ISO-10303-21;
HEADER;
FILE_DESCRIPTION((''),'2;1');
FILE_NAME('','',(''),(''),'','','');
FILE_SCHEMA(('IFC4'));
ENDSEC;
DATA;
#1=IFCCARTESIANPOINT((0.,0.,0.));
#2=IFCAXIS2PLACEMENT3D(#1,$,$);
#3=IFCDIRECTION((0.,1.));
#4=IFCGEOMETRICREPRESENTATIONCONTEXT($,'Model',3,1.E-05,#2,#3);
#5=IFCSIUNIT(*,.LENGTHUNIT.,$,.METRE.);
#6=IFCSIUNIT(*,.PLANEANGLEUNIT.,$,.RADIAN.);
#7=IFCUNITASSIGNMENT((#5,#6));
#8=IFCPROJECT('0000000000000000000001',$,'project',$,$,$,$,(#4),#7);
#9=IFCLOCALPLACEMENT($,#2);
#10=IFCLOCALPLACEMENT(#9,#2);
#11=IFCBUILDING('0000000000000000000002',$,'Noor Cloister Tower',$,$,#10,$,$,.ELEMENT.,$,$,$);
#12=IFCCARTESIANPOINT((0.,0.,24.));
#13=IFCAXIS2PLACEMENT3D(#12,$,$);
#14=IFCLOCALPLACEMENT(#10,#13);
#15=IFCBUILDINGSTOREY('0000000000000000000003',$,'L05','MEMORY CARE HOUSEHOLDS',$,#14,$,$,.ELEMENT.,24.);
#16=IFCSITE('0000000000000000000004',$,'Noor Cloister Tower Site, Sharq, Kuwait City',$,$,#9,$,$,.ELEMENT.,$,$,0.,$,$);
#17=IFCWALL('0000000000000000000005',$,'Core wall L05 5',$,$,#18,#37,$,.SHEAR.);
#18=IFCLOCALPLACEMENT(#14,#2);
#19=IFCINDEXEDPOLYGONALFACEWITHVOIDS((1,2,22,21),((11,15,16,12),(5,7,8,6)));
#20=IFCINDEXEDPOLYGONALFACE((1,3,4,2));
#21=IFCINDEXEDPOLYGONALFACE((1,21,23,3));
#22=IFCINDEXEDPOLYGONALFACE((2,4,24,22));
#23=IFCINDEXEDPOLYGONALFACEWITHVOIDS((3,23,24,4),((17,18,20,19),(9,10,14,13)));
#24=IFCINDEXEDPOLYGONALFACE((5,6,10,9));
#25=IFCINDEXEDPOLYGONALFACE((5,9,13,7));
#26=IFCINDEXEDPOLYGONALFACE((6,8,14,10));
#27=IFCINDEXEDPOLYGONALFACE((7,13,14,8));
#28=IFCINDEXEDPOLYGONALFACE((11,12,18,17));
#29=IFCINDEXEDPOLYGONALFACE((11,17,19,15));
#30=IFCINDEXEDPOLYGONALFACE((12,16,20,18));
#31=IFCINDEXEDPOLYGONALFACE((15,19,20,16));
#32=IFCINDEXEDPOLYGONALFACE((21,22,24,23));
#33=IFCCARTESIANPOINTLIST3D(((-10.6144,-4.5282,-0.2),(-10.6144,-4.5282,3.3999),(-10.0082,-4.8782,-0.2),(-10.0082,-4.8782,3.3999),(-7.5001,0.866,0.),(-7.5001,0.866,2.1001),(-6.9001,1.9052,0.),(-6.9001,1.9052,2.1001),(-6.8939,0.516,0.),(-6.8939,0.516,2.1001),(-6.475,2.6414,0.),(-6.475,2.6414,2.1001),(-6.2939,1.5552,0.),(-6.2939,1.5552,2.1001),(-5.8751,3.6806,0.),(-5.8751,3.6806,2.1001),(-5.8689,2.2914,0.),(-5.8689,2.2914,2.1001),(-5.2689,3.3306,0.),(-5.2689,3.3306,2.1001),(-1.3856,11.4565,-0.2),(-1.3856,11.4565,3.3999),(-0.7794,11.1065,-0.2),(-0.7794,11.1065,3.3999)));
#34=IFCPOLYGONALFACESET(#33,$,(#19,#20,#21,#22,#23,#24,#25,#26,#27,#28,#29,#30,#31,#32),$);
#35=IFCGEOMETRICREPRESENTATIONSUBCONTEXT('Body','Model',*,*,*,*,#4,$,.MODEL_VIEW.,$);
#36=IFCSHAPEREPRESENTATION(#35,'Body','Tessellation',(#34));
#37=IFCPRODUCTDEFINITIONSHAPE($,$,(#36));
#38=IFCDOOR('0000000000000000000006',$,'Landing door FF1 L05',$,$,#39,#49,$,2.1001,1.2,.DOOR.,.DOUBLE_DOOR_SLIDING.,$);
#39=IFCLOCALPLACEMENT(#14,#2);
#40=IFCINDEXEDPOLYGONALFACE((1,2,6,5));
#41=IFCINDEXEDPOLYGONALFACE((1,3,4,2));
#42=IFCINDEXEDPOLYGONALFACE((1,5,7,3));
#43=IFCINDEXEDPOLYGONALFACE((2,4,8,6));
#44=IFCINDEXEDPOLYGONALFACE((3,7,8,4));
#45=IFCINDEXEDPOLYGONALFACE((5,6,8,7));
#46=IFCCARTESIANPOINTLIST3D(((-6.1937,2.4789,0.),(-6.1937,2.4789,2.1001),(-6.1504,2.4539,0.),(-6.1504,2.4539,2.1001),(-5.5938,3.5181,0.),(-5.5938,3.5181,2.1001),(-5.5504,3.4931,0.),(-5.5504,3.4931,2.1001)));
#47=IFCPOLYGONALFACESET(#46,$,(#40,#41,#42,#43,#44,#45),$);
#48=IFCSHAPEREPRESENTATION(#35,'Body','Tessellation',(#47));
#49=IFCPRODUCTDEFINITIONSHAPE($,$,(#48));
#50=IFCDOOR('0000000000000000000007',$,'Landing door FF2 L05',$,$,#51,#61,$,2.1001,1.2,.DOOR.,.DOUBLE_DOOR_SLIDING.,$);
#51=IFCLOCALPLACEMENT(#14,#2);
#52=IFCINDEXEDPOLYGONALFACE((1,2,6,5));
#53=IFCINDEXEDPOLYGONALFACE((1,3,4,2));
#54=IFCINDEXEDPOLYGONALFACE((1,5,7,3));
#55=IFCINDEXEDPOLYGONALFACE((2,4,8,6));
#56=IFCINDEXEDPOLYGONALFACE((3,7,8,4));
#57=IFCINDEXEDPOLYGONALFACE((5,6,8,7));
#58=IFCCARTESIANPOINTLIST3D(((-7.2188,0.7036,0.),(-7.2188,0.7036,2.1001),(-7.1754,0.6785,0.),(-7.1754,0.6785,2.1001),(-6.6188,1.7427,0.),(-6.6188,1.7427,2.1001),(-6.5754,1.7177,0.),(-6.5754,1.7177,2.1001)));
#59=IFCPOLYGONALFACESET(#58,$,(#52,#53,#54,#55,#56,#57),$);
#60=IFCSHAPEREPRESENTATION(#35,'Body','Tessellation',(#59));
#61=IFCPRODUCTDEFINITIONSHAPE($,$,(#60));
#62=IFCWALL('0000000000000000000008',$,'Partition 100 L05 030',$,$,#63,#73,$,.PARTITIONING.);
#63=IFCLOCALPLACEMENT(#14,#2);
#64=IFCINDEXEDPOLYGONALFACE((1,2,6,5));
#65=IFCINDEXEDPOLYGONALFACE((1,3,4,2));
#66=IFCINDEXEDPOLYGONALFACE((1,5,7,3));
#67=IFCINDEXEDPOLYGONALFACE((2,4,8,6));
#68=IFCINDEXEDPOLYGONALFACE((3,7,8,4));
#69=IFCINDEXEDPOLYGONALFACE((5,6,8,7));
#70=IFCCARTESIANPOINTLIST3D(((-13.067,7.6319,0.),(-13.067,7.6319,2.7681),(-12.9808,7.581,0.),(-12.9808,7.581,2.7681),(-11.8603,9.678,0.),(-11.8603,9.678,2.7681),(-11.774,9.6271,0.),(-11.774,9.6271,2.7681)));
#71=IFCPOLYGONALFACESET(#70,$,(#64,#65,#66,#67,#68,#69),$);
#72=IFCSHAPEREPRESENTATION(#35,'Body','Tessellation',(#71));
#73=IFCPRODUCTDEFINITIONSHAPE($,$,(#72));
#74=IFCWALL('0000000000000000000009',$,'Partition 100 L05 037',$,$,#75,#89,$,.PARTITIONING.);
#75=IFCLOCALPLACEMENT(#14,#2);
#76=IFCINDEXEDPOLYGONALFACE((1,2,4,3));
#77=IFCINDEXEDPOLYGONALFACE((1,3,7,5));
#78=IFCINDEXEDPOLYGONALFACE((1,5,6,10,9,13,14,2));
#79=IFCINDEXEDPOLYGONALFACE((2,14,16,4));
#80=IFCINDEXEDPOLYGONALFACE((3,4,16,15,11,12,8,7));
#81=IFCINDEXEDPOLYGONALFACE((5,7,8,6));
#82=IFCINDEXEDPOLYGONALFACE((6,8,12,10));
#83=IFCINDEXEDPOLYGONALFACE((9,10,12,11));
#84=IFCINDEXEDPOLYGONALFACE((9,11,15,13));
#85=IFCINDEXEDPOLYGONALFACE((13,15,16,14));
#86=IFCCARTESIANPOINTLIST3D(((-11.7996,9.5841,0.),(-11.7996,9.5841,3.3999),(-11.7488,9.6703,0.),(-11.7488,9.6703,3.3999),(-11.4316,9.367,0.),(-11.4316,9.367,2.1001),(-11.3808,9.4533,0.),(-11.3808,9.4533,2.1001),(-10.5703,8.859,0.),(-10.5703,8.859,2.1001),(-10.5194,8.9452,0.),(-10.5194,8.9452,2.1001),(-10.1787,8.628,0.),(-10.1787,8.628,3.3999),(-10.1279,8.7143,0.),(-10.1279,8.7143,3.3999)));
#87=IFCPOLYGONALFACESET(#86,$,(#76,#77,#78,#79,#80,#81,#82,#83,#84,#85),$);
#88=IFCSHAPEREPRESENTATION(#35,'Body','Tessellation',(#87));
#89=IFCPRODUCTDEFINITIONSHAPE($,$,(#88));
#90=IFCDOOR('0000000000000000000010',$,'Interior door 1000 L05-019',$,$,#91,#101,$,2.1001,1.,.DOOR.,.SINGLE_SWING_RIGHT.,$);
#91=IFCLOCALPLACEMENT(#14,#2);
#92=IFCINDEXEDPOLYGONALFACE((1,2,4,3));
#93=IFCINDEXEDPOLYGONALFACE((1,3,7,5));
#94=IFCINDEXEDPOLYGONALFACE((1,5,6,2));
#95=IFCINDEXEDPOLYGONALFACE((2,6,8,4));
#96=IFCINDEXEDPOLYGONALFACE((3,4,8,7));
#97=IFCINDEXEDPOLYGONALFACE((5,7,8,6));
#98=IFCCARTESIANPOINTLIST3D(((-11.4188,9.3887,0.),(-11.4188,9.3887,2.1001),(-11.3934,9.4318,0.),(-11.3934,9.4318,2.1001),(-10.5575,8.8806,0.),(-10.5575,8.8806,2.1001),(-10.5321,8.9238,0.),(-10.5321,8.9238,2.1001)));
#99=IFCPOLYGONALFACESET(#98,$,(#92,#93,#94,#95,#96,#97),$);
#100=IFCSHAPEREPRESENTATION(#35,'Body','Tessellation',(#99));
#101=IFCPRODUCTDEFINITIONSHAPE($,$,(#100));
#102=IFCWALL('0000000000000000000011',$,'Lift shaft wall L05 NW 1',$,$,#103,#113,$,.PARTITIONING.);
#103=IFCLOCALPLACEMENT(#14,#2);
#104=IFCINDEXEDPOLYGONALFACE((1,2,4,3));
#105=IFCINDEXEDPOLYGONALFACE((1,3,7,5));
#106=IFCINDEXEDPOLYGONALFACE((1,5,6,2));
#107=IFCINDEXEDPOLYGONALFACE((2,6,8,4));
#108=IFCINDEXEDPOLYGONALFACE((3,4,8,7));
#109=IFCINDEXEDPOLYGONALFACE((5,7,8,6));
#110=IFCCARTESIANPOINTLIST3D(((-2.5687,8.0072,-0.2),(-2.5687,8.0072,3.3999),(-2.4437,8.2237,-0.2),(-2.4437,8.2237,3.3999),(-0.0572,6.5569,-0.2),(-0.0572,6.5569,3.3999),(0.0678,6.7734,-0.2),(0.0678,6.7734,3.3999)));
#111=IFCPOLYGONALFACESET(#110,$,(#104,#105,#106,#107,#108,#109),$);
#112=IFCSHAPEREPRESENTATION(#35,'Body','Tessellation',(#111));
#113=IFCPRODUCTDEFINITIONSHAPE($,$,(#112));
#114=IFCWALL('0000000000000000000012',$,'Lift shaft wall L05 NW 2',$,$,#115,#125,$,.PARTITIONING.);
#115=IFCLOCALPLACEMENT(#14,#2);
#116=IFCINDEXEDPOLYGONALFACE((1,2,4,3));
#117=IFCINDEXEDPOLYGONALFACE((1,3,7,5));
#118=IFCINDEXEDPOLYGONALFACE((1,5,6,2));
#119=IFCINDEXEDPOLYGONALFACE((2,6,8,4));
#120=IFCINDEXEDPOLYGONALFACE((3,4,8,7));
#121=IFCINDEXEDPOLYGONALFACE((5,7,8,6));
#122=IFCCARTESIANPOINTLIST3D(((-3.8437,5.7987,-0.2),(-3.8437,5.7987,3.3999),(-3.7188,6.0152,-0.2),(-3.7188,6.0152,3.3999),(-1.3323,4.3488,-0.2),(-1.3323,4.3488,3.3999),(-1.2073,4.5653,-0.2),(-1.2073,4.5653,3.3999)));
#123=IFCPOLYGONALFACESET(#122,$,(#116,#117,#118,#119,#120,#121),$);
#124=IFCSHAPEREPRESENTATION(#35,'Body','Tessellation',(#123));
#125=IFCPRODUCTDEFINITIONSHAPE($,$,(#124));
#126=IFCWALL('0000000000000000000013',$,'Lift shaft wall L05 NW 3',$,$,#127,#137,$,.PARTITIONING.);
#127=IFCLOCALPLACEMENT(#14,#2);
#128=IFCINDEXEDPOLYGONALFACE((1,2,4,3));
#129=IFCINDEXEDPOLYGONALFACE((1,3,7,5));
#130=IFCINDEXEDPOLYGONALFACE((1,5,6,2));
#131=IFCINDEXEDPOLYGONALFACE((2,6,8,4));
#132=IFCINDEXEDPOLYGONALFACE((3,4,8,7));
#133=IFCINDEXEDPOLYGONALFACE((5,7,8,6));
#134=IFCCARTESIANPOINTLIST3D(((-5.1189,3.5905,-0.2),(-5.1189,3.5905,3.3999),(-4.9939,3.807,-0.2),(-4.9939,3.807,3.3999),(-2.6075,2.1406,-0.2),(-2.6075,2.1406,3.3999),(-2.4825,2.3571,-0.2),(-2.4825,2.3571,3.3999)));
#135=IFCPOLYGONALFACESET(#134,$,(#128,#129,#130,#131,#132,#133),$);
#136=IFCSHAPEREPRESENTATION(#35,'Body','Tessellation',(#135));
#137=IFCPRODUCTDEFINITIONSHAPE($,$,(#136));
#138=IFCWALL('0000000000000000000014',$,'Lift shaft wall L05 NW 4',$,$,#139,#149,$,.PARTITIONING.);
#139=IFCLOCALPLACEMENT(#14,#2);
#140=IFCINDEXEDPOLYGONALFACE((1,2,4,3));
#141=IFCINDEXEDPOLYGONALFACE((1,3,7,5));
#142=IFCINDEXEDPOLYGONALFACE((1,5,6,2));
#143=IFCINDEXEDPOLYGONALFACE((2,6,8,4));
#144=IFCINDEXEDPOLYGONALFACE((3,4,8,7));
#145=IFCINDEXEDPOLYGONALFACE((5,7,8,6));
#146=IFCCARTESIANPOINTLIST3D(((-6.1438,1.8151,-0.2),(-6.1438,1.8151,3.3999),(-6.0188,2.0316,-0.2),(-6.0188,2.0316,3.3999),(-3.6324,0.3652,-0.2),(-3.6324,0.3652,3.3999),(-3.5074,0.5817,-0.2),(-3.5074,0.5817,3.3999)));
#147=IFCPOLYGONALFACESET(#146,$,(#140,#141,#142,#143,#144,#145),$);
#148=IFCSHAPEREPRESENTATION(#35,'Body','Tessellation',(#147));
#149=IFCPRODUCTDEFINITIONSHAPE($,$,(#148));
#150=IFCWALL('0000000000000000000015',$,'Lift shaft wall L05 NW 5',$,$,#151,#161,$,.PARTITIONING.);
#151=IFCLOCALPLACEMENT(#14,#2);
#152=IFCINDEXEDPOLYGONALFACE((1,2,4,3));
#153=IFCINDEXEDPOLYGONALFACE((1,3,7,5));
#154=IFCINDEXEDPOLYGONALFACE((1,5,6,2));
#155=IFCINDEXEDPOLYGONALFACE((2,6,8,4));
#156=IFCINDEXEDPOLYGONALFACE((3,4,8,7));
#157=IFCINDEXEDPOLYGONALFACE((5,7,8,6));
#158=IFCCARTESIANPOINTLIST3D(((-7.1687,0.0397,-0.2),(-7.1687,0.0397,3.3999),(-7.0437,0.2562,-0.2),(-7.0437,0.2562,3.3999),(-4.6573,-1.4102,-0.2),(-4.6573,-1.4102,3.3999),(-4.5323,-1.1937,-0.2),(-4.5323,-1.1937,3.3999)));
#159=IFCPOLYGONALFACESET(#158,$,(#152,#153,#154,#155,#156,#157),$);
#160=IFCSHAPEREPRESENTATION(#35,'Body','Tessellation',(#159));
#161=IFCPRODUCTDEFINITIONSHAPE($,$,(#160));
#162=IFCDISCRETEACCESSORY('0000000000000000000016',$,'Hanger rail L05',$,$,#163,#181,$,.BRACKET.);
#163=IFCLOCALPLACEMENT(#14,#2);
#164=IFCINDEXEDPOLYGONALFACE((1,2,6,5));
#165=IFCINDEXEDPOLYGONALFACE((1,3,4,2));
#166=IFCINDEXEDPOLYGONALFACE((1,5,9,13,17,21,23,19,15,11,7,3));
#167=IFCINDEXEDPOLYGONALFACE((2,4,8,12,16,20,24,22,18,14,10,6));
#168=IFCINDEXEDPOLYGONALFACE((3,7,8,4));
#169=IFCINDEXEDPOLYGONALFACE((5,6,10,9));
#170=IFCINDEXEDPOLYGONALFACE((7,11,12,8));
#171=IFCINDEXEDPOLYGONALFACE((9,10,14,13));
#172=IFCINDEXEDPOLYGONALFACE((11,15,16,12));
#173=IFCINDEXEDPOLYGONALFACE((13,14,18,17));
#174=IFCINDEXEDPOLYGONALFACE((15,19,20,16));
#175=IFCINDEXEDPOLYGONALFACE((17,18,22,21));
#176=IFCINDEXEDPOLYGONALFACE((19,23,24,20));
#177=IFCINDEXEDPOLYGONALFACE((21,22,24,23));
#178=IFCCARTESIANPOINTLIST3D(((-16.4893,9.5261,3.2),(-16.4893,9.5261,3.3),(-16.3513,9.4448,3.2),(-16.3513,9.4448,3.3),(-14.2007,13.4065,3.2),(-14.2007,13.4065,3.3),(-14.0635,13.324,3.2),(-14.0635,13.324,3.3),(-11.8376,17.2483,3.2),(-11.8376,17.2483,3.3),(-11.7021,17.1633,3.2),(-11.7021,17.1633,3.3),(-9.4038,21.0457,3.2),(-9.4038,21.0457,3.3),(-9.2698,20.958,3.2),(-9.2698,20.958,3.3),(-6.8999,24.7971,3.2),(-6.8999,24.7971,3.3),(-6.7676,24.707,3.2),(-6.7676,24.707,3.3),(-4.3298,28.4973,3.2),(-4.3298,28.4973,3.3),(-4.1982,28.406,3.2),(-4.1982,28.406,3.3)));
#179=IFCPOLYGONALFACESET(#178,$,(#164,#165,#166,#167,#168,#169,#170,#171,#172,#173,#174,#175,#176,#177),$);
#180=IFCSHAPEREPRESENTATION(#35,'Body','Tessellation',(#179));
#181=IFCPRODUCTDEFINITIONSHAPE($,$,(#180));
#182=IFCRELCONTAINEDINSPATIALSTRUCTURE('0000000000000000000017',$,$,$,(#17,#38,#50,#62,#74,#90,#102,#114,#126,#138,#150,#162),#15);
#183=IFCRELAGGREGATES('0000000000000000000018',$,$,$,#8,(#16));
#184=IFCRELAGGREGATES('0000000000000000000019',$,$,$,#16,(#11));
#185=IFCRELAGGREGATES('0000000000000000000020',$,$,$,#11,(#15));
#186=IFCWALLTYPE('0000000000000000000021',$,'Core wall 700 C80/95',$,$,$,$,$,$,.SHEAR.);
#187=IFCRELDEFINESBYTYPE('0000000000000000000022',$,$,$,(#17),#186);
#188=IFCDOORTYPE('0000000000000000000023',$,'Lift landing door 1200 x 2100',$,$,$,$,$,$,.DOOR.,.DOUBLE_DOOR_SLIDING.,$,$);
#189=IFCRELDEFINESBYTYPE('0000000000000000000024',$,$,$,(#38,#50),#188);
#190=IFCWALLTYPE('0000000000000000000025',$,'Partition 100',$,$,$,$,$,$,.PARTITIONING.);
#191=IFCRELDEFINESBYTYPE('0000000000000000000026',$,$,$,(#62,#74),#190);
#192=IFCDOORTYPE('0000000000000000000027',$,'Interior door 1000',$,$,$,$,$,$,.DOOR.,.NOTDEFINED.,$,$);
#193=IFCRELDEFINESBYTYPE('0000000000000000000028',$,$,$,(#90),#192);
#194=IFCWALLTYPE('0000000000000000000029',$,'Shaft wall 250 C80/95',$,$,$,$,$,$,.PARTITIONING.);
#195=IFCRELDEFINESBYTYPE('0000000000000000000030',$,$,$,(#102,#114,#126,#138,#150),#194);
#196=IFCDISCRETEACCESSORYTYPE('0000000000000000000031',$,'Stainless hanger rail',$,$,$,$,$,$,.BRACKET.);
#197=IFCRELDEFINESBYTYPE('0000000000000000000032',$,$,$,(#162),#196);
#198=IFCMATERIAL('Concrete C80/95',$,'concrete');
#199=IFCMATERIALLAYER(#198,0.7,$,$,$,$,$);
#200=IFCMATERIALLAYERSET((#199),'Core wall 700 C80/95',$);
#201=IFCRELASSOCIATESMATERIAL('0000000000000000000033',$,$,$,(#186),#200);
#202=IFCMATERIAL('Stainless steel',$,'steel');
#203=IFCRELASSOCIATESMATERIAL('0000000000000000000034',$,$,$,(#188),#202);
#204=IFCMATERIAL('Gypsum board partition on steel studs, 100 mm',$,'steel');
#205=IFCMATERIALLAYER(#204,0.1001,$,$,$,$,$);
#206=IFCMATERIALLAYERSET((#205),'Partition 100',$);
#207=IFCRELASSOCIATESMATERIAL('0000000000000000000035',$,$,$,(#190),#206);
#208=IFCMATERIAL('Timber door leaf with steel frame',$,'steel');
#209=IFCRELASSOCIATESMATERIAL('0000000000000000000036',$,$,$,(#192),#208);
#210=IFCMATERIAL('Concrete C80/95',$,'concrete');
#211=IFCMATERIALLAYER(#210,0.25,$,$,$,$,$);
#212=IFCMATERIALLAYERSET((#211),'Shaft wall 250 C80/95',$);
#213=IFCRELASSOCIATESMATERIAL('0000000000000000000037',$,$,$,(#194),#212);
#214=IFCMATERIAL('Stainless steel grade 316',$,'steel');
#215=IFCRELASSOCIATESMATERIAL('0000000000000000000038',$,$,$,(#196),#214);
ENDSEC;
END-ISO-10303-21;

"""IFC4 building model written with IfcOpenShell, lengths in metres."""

from ifc_helpers import new_model, si_unit, direction, frame, frame_2d, origin, place, context, subcontext, project, spatial, polyline, rectangle, outline, extrude, material, layer, layer_set, type_object, element, fill, save


model = new_model("IFC4")

# Units and contexts
model_context = context("Model", 3, precision=1e-05, world=origin(), true_north=direction((0.0, 1.0)))
body_context = subcontext(model_context, "Body", "Model", "MODEL_VIEW")
ifc_project = project(units=[si_unit("LENGTHUNIT", "METRE"), si_unit("PLANEANGLEUNIT", "RADIAN")], contexts=[model_context])

# Site, building, storey
site_placement = place(None, origin())
site = spatial("IfcSite", under=ifc_project, at=site_placement, Name="Noor Cloister Tower Site, Sharq, Kuwait City", CompositionType="ELEMENT", RefElevation=0.0)
building_placement = place(site_placement, origin())
building = spatial("IfcBuilding", under=site, at=building_placement, Name="Noor Cloister Tower", CompositionType="ELEMENT")
storey_placement = place(building_placement, frame((0.0, 0.0, 24.0)))
storey = spatial("IfcBuildingStorey", under=building, at=storey_placement, Name="L05", Description="MEMORY CARE HOUSEHOLDS", CompositionType="ELEMENT", Elevation=24.0)

# Wall, openings, doors
ifc_material_1 = material(Name="Concrete C80/95", Category="concrete")
ifc_layer_1 = layer(ifc_material_1, 0.7)
ifc_layer_set_1 = layer_set([ifc_layer_1], Name="Core wall 700 C80/95")
wall_type_1 = type_object("IfcWallType", Name="Core wall 700 C80/95", PredefinedType="SHEAR", material=ifc_layer_set_1)
wall_1_placement = place(storey_placement, frame((-1.0825, 11.2815, -0.2), z_axis=(0.0, 0.0, 1.0), x_axis=(-0.500001, -0.866025, 0.0)))
wall_1 = element("IfcWall", 1, at=wall_1_placement, inside=storey, type_object=wall_type_1, Name="Core wall L05 5", PredefinedType="SHEAR", context=body_context, shape_type="SweptSolid", body=[
    extrude(rectangle(XDim=18.4575, YDim=0.7, at=frame_2d((9.2288, 0.0))), origin(), (0.0, 0.0, 1.0), 3.5999),
])
opening_1_placement = place(wall_1_placement, frame((8.9788, 0.0, 0.2)))
opening_1 = element("IfcOpeningElement", 2, at=opening_1_placement, cuts=wall_1, PredefinedType="OPENING", context=body_context, shape_type="SweptSolid", body=[
    extrude(rectangle(XDim=1.2, YDim=2.1001, at=frame_2d((0.6001, 1.05))), frame((0.0, 0.3599, 0.0), z_axis=(0.0, -1.0, 0.0), x_axis=(1.0, 0.0, 0.0)), (0.0, 0.0, 1.0), 0.72),
])
opening_2_placement = place(wall_1_placement, frame((11.0288, 0.0, 0.2)))
opening_2 = element("IfcOpeningElement", 3, at=opening_2_placement, cuts=wall_1, PredefinedType="OPENING", context=body_context, shape_type="SweptSolid", body=[
    extrude(rectangle(XDim=1.2, YDim=2.1001, at=frame_2d((0.6001, 1.05))), frame((0.0, 0.3599, 0.0), z_axis=(0.0, -1.0, 0.0), x_axis=(1.0, 0.0, 0.0)), (0.0, 0.0, 1.0), 0.72),
])
ifc_material_2 = material(Name="Stainless steel", Category="steel")
door_type_1 = type_object("IfcDoorType", Name="Lift landing door 1200 x 2100", OperationType="DOUBLE_DOOR_SLIDING", PredefinedType="DOOR", material=ifc_material_2)
door_1_placement = place(opening_1_placement, origin())
door_1 = element("IfcDoor", 4, at=door_1_placement, inside=storey, type_object=door_type_1, Name="Landing door FF1 L05", OperationType="DOUBLE_DOOR_SLIDING", OverallHeight=2.1001, OverallWidth=1.2, PredefinedType="DOOR", context=body_context, shape_type="SweptSolid", body=[
    extrude(rectangle(XDim=1.2, YDim=2.1001, at=frame_2d((0.6001, 1.05))), frame((0.0, 0.0249, 0.0), z_axis=(0.0, -1.0, 0.0), x_axis=(1.0, 0.0, 0.0)), (0.0, 0.0, 1.0), 0.05),
])
fill(opening_1, door_1)
door_2_placement = place(opening_2_placement, origin())
door_2 = element("IfcDoor", 5, at=door_2_placement, inside=storey, type_object=door_type_1, Name="Landing door FF2 L05", OperationType="DOUBLE_DOOR_SLIDING", OverallHeight=2.1001, OverallWidth=1.2, PredefinedType="DOOR", context=body_context, shape_type="SweptSolid", body=[
    extrude(rectangle(XDim=1.2, YDim=2.1001, at=frame_2d((0.6001, 1.05))), frame((0.0, 0.0249, 0.0), z_axis=(0.0, -1.0, 0.0), x_axis=(1.0, 0.0, 0.0)), (0.0, 0.0, 1.0), 0.05),
])
fill(opening_2, door_2)

# Wall
ifc_material_3 = material(Name="Gypsum board partition on steel studs, 100 mm", Category="steel")
ifc_layer_2 = layer(ifc_material_3, 0.1001)
ifc_layer_set_2 = layer_set([ifc_layer_2], Name="Partition 100")
wall_type_2 = type_object("IfcWallType", Name="Partition 100", PredefinedType="PARTITIONING", material=ifc_layer_set_2)
wall_2_placement = place(storey_placement, frame((-13.0239, 7.6064, 0.0), z_axis=(0.0, 0.0, 1.0), x_axis=(0.508012, 0.86135, 0.0)))
element("IfcWall", 6, at=wall_2_placement, inside=storey, type_object=wall_type_2, Name="Partition 100 L05 030", PredefinedType="PARTITIONING", context=body_context, shape_type="SweptSolid", body=[
    extrude(rectangle(XDim=2.3755, YDim=0.1001, at=frame_2d((1.1877, 0.0))), origin(), (0.0, 0.0, 1.0), 2.7681),
])

# Wall, opening, door
wall_3_placement = place(storey_placement, frame((-10.1533, 8.6711, 0.0), z_axis=(0.0, 0.0, 1.0), x_axis=(-0.861327, 0.508052, 0.0)))
wall_3 = element("IfcWall", 7, at=wall_3_placement, inside=storey, type_object=wall_type_2, Name="Partition 100 L05 037", PredefinedType="PARTITIONING", context=body_context, shape_type="SweptSolid", body=[
    extrude(rectangle(XDim=1.8818, YDim=0.1001, at=frame_2d((0.9409, 0.0))), origin(), (0.0, 0.0, 1.0), 3.3999),
])
opening_3_placement = place(wall_3_placement, frame((0.4546, 0.0, 0.0)))
opening_3 = element("IfcOpeningElement", 8, at=opening_3_placement, cuts=wall_3, PredefinedType="OPENING", context=body_context, shape_type="SweptSolid", body=[
    extrude(rectangle(XDim=1.0, YDim=2.1001, at=frame_2d((0.5, 1.05))), frame((0.0, 0.0601, 0.0), z_axis=(0.0, -1.0, 0.0), x_axis=(1.0, 0.0, 0.0)), (0.0, 0.0, 1.0), 0.1201),
])
ifc_material_4 = material(Name="Timber door leaf with steel frame", Category="steel")
door_type_2 = type_object("IfcDoorType", Name="Interior door 1000", OperationType="NOTDEFINED", PredefinedType="DOOR", material=ifc_material_4)
door_3_placement = place(opening_3_placement, origin())
door_3 = element("IfcDoor", 9, at=door_3_placement, inside=storey, type_object=door_type_2, Name="Interior door 1000 L05-019", OperationType="SINGLE_SWING_RIGHT", OverallHeight=2.1001, OverallWidth=1.0, PredefinedType="DOOR", context=body_context, shape_type="SweptSolid", body=[
    extrude(rectangle(XDim=1.0, YDim=2.1001, at=frame_2d((0.5, 1.05))), frame((0.0, 0.0249, 0.0), z_axis=(0.0, -1.0, 0.0), x_axis=(1.0, 0.0, 0.0)), (0.0, 0.0, 1.0), 0.05),
])
fill(opening_3, door_3)

# Walls
ifc_material_5 = material(Name="Concrete C80/95", Category="concrete")
ifc_layer_3 = layer(ifc_material_5, 0.25)
ifc_layer_set_3 = layer_set([ifc_layer_3], Name="Shaft wall 250 C80/95")
wall_type_3 = type_object("IfcWallType", Name="Shaft wall 250 C80/95", PredefinedType="PARTITIONING", material=ifc_layer_set_3)
wall_4_placement = place(storey_placement, frame((-2.5063, 8.1155, -0.2), z_axis=(0.0, 0.0, 1.0), x_axis=(0.865996, -0.50005, 0.0)))
element("IfcWall", 10, at=wall_4_placement, inside=storey, type_object=wall_type_3, Name="Lift shaft wall L05 NW 1", PredefinedType="PARTITIONING", context=body_context, shape_type="SweptSolid", body=[
    extrude(rectangle(XDim=2.9001, YDim=0.25, at=frame_2d((1.4502, 0.0))), origin(), (0.0, 0.0, 1.0), 3.5999),
])
for number, where, z_axis, x_axis, name in (
    (11, (-3.7812, 5.907, -0.2), (0.0, 0.0, 1.0), (0.866033, -0.499987, 0.0), "Lift shaft wall L05 NW 2"),
    (12, (-5.0564, 3.6987, -0.2), (0.0, 0.0, 1.0), (0.866033, -0.499987, 0.0), "Lift shaft wall L05 NW 3"),
    (13, (-6.0813, 1.9233, -0.2), (0.0, 0.0, 1.0), (0.866033, -0.499987, 0.0), "Lift shaft wall L05 NW 4"),
    (14, (-7.1062, 0.1479, -0.2), (0.0, 0.0, 1.0), (0.866033, -0.499987, 0.0), "Lift shaft wall L05 NW 5"),
):
    element("IfcWall", number, at=place(storey_placement, frame(where, z_axis=z_axis, x_axis=x_axis)), inside=storey, type_object=wall_type_3, Name=name, PredefinedType="PARTITIONING", context=body_context, shape_type="SweptSolid", body=[
        extrude(rectangle(XDim=2.8999, YDim=0.25, at=frame_2d((1.45, 0.0))), origin(), (0.0, 0.0, 1.0), 3.5999),
    ])

# Discrete accessory
ifc_material_6 = material(Name="Stainless steel grade 316", Category="steel")
discrete_accessory_type = type_object("IfcDiscreteAccessoryType", Name="Stainless hanger rail", PredefinedType="BRACKET", material=ifc_material_6)
discrete_accessory_1_placement = place(storey_placement, frame((0.0, 0.0, 3.2)))
element("IfcDiscreteAccessory", 15, at=discrete_accessory_1_placement, inside=storey, type_object=discrete_accessory_type, Name="Hanger rail L05", PredefinedType="BRACKET", context=body_context, shape_type="SweptSolid", body=[
    extrude(outline(polyline([(-4.3298, 28.4973), (-6.8999, 24.7971), (-9.4038, 21.0457), (-11.8376, 17.2483), (-14.2007, 13.4065), (-16.4893, 9.5261), (-16.3513, 9.4448), (-14.0635, 13.324), (-11.7021, 17.1633), (-9.2698, 20.958), (-6.7676, 24.707), (-4.1982, 28.406), (-4.3298, 28.4973)])), origin(), (0.0, 0.0, 1.0), 0.1001),
])

save(model, "model.ifc")
